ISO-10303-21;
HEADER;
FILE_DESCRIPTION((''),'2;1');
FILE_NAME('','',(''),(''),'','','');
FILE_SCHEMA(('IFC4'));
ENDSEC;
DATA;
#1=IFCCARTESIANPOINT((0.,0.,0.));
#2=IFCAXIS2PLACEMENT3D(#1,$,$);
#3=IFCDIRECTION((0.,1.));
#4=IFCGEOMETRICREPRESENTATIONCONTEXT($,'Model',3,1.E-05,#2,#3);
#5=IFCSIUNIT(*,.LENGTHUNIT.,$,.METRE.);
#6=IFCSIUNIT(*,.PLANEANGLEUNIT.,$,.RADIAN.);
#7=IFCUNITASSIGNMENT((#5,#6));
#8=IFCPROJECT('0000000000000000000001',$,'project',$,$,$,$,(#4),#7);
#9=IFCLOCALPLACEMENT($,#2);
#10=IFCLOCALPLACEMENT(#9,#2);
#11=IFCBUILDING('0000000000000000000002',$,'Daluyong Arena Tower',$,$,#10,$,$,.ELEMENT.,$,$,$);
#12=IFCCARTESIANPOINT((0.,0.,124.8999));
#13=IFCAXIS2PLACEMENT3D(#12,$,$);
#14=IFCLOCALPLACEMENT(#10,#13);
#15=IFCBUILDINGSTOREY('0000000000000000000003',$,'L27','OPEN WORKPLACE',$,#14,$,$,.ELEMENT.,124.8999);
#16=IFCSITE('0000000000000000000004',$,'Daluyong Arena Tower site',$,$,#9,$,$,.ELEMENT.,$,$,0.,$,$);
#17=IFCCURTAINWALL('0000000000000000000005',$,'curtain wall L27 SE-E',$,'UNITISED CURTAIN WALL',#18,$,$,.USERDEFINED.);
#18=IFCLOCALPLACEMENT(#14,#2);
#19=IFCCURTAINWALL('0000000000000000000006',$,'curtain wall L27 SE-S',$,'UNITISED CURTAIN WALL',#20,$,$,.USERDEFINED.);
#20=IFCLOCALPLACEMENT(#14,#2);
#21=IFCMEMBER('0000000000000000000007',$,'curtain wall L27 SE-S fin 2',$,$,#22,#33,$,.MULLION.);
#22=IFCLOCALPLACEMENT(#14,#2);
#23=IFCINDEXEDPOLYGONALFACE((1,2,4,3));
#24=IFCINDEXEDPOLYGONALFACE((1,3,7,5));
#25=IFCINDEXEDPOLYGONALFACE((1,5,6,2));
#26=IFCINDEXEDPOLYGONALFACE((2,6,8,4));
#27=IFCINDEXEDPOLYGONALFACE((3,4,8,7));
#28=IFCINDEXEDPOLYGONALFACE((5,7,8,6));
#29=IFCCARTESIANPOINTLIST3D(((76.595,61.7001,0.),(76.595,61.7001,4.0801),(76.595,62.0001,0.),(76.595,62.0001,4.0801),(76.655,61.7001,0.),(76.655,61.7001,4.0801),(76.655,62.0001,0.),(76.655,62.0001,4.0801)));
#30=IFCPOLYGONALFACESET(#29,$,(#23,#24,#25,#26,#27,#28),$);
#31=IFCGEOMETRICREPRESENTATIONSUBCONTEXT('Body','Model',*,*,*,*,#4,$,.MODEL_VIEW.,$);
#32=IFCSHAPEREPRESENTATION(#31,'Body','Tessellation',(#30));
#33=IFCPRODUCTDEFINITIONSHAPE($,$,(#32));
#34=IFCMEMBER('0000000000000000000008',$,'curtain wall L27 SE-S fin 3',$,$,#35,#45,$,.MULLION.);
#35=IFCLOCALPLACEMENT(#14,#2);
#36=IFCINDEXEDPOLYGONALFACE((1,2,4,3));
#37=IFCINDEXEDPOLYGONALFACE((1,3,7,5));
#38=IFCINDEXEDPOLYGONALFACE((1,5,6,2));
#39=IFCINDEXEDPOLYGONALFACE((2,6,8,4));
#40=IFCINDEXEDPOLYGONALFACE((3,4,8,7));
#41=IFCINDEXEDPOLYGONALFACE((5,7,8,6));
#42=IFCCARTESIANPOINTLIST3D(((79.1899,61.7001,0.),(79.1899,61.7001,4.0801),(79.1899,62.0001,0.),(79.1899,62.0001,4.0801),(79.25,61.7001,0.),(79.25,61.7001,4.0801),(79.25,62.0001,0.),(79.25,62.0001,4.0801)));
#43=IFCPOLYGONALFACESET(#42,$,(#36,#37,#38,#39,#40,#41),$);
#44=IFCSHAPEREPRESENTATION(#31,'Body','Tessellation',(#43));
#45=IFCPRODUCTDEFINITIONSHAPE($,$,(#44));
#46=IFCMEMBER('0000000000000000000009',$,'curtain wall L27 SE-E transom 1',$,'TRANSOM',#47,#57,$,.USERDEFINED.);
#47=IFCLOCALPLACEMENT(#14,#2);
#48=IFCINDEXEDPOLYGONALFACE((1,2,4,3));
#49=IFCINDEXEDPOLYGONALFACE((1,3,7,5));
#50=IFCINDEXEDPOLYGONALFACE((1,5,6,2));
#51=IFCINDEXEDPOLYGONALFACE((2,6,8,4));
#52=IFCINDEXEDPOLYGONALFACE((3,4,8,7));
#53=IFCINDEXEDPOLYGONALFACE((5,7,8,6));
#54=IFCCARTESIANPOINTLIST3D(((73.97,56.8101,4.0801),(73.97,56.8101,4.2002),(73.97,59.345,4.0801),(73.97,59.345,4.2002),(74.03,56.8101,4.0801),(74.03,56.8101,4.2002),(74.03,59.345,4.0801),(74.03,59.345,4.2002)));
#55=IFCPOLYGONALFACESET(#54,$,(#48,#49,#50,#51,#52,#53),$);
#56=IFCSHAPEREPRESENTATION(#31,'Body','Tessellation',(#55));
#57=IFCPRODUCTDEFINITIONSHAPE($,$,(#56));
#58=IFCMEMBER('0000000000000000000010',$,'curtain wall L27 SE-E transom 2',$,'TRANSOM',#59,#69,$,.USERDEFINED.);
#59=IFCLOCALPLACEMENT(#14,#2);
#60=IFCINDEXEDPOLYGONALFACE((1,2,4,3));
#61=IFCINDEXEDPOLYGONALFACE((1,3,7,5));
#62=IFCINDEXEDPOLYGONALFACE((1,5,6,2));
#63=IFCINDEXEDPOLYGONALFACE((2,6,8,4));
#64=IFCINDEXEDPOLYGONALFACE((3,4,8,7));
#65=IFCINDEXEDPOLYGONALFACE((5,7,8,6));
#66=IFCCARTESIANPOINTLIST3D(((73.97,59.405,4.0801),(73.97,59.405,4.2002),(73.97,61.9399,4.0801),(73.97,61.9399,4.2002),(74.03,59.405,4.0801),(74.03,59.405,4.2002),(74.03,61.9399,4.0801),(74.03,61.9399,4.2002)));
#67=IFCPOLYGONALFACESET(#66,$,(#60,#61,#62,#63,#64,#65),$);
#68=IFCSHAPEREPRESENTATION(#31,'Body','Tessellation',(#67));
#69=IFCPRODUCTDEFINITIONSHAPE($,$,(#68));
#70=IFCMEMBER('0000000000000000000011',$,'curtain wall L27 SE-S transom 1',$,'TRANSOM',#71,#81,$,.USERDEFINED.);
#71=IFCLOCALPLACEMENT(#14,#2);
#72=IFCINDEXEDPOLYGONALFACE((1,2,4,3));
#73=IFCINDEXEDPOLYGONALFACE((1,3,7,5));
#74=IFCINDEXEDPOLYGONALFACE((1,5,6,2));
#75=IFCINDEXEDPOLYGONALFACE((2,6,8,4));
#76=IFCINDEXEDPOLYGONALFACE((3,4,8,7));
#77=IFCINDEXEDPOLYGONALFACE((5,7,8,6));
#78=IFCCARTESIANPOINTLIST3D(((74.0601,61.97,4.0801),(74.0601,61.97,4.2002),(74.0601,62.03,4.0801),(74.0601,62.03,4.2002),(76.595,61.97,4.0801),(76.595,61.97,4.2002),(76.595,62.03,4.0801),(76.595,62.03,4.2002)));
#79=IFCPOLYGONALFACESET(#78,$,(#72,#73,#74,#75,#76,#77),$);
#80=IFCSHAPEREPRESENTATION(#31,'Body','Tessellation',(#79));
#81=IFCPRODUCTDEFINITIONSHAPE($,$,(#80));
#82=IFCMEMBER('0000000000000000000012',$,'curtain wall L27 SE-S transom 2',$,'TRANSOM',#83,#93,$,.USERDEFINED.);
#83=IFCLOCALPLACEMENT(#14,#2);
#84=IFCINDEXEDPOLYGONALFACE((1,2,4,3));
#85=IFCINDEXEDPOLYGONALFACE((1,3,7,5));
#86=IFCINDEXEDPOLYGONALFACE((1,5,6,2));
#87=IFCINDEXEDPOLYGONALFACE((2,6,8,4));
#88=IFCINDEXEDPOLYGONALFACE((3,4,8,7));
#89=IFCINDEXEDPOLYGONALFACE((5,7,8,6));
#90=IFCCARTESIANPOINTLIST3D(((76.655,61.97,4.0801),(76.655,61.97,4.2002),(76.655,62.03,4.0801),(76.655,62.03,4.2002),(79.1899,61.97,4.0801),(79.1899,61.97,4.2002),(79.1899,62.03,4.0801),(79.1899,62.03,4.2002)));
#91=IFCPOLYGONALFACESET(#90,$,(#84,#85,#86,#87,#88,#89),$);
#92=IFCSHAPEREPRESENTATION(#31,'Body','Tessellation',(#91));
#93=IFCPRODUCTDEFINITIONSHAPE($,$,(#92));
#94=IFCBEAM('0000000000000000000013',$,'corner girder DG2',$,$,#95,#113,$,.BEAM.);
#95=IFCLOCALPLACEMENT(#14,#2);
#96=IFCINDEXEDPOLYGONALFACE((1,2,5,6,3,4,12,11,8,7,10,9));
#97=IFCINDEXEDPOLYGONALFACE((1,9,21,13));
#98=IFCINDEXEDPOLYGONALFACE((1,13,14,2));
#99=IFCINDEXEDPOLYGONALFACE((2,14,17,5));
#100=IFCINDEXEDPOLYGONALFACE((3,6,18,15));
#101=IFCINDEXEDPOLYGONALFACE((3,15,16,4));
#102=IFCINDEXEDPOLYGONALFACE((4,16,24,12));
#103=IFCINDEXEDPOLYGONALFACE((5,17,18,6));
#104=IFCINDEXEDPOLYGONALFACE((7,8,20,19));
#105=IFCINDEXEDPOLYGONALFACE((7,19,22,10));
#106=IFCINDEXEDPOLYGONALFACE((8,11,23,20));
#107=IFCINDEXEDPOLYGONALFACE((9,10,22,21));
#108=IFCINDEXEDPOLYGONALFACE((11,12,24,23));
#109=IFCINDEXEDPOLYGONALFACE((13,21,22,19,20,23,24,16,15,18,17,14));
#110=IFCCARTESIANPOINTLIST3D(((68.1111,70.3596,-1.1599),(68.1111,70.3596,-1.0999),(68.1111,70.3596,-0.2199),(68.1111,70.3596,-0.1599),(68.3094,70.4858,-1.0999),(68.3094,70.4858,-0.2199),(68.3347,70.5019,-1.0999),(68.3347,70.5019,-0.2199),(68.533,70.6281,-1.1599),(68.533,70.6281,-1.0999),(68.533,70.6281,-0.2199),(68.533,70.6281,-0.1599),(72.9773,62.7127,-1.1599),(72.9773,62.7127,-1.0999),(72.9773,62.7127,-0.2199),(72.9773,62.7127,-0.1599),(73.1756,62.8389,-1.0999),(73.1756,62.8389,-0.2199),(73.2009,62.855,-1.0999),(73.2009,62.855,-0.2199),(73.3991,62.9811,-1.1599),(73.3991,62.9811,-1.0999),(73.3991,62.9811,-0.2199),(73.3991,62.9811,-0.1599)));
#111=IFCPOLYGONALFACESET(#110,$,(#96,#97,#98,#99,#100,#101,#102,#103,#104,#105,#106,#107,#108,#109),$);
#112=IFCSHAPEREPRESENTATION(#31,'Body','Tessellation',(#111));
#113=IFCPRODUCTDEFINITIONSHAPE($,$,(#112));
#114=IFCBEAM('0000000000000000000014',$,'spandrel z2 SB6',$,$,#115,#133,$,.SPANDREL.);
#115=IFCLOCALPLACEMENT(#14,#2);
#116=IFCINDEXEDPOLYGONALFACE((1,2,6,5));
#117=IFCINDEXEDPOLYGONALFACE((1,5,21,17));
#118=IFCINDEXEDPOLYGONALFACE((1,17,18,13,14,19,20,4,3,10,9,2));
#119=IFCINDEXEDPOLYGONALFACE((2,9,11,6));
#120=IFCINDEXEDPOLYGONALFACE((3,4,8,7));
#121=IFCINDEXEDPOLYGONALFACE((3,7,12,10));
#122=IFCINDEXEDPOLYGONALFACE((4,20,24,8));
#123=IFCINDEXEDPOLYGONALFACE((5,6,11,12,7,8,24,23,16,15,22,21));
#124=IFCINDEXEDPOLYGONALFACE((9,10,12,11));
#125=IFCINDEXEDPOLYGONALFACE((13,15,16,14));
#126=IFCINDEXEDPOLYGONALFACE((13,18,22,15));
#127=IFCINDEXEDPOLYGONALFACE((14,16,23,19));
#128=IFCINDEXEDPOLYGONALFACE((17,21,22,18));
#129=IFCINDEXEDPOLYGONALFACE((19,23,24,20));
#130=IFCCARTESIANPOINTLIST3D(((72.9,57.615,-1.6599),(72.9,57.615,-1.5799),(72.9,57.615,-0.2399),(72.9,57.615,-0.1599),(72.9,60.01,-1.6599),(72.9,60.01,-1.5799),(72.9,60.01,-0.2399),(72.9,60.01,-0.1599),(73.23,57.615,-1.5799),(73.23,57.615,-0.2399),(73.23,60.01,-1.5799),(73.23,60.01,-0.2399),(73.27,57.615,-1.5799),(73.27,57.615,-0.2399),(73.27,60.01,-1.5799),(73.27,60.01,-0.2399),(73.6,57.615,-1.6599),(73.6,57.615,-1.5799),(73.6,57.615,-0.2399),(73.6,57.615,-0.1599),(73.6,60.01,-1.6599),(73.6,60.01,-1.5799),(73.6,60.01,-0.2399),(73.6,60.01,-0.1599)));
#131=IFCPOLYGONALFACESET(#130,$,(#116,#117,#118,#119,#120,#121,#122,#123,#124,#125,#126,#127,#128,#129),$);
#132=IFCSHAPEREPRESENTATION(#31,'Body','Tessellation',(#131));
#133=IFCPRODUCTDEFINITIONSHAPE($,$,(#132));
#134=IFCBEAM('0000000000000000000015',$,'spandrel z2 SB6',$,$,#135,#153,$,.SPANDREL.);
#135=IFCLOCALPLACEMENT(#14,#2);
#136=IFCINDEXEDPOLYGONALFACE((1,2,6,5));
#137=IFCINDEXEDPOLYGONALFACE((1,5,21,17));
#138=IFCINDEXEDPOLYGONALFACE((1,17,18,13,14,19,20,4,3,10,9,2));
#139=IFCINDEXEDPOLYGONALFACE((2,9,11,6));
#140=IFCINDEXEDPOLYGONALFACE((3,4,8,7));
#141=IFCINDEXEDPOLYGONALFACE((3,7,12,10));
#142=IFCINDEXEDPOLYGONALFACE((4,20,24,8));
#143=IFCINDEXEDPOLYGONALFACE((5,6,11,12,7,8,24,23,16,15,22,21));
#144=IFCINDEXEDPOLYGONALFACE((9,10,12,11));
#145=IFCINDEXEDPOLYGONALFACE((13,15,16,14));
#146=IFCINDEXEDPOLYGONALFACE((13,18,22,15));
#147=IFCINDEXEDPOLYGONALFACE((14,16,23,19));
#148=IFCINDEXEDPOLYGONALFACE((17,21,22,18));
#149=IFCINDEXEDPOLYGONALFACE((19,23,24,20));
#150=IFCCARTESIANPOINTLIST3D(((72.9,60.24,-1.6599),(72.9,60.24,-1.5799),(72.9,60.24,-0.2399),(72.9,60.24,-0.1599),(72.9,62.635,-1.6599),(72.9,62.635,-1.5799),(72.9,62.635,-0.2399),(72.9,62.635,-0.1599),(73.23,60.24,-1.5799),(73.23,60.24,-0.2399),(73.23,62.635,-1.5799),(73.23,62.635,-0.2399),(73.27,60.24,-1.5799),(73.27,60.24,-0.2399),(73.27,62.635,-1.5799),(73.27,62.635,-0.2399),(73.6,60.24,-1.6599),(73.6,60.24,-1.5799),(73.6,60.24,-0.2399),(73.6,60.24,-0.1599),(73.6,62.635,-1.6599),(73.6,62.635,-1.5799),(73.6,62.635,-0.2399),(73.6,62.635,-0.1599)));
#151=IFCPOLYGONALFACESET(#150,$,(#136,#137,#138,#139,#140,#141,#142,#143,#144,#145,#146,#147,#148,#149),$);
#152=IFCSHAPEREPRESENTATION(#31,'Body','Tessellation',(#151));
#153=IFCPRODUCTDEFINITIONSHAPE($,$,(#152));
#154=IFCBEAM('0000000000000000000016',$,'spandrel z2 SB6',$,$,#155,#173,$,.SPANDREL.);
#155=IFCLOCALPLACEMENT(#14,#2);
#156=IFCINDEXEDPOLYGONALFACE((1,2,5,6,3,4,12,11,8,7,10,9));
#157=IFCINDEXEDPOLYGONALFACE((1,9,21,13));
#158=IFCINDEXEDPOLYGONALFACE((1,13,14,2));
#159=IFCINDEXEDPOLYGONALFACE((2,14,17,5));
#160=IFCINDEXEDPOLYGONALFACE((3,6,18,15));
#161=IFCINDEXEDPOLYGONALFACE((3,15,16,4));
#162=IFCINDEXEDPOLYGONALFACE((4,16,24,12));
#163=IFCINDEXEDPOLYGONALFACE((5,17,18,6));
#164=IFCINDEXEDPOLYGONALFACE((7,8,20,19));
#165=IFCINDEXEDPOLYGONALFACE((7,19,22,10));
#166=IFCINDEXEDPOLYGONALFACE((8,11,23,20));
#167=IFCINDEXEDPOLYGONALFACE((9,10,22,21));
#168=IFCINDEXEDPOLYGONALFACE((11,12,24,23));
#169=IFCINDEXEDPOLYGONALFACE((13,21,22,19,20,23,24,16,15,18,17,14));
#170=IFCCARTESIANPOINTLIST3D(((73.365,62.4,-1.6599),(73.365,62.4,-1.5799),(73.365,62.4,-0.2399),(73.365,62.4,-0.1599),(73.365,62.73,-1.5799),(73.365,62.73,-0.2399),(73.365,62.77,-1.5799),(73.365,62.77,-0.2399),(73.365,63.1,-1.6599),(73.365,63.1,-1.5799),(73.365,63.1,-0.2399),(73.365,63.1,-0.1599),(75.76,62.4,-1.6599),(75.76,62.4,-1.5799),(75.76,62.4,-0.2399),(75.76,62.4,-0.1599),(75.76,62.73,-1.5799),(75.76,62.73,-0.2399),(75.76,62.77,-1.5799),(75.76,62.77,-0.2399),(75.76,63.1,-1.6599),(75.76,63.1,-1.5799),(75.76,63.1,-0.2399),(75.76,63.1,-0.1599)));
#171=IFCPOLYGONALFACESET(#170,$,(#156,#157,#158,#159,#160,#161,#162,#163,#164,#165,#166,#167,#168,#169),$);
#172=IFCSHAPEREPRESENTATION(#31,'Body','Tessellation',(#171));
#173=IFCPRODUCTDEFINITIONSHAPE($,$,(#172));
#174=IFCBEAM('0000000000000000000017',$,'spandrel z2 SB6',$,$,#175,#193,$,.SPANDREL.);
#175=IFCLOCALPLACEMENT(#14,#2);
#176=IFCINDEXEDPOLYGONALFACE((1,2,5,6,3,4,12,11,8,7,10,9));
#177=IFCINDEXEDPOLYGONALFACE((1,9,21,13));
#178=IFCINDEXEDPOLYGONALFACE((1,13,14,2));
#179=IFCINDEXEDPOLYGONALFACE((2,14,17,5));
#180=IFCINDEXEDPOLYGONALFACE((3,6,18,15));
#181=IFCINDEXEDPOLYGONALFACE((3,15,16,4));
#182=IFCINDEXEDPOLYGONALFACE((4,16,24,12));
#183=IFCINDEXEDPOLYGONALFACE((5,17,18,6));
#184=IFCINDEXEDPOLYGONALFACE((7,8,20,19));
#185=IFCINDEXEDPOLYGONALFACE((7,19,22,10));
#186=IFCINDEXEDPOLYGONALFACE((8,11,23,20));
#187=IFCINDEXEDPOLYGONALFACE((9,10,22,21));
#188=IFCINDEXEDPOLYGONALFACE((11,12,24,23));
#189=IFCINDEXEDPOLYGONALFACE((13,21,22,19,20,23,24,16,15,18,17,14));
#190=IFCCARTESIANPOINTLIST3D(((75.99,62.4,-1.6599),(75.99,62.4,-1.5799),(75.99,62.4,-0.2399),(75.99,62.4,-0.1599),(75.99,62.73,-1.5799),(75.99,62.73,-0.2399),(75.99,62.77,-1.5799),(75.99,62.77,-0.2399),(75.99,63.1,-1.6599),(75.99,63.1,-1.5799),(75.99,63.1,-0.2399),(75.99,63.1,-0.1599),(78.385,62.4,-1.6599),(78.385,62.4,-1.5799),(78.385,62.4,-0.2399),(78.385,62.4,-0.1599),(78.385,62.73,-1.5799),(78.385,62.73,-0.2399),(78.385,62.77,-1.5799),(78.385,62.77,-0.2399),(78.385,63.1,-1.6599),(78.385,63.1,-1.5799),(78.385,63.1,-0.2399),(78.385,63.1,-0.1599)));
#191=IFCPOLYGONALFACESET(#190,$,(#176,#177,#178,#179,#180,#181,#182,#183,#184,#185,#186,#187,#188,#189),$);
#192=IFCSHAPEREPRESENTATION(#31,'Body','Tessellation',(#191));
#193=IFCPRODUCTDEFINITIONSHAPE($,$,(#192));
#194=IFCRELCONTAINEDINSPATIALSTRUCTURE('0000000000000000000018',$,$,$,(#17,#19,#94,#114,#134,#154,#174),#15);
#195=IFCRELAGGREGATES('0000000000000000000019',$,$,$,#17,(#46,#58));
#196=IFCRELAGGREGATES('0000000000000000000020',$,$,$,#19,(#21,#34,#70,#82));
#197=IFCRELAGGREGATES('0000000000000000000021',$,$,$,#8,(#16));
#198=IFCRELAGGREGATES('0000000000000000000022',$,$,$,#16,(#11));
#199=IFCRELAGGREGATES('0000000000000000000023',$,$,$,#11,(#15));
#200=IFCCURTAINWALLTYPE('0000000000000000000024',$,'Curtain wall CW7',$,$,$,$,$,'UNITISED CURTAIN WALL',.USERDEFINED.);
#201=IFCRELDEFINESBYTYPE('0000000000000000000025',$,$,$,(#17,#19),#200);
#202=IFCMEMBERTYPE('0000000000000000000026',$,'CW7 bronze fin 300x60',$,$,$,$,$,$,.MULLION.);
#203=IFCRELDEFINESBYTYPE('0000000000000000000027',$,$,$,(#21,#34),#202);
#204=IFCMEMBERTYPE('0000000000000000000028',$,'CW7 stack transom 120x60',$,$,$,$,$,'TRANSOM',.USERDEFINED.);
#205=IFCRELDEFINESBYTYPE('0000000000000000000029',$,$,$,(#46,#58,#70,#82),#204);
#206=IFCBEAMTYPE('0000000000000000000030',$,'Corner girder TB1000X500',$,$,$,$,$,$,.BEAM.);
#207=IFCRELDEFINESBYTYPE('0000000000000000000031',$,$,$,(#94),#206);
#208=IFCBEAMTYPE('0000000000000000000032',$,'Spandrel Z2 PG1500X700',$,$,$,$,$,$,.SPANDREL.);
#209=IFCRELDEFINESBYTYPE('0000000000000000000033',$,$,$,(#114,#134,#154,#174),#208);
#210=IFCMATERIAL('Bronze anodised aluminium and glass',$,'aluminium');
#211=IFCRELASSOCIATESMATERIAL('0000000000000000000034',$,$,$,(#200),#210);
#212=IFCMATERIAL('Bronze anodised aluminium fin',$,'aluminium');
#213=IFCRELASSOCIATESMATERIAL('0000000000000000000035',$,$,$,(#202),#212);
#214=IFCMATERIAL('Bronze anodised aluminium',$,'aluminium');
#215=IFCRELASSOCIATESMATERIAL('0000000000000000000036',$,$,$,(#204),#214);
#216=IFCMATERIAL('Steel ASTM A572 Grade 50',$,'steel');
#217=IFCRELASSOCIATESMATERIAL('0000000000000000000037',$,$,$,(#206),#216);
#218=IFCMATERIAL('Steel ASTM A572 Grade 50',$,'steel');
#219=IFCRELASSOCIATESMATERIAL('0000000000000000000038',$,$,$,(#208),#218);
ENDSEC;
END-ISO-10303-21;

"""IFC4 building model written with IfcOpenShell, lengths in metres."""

from ifc_helpers import new_model, si_unit, direction, frame, origin, origin_2d, place, context, subcontext, project, spatial, rectangle, i_section, extrude, material, material_profile, profile_set, type_object, element, aggregate, save


model = new_model("IFC4")

# Units and contexts
model_context = context("Model", 3, precision=1e-05, world=origin(), true_north=direction((0.0, 1.0)))
body_context = subcontext(model_context, "Body", "Model", "MODEL_VIEW")
ifc_project = project(units=[si_unit("LENGTHUNIT", "METRE"), si_unit("PLANEANGLEUNIT", "RADIAN")], contexts=[model_context])

# Site, building, storey
site_placement = place(None, origin())
site = spatial("IfcSite", under=ifc_project, at=site_placement, Name="Daluyong Arena Tower site", CompositionType="ELEMENT", RefElevation=0.0)
building_placement = place(site_placement, origin())
building = spatial("IfcBuilding", under=site, at=building_placement, Name="Daluyong Arena Tower", CompositionType="ELEMENT")
storey_placement = place(building_placement, frame((0.0, 0.0, 124.8999)))
storey = spatial("IfcBuildingStorey", under=building, at=storey_placement, Name="L27", Description="OPEN WORKPLACE", CompositionType="ELEMENT", Elevation=124.8999)

# Curtain walls, members
ifc_material_1 = material(Name="Bronze anodised aluminium and glass", Category="aluminium")
curtain_wall_type_1 = type_object("IfcCurtainWallType", Name="Curtain wall CW7", ElementType="UNITISED CURTAIN WALL", PredefinedType="USERDEFINED", material=ifc_material_1)
curtain_wall_1_placement = place(storey_placement, origin())
curtain_wall_1 = element("IfcCurtainWall", 1, at=curtain_wall_1_placement, inside=storey, type_object=curtain_wall_type_1, Name="curtain wall L27 SE-E", ObjectType="UNITISED CURTAIN WALL", PredefinedType="USERDEFINED")
ifc_material_2 = material(Name="Bronze anodised aluminium fin", Category="aluminium")
ifc_material_profile_1 = material_profile(ifc_material_2, rectangle(XDim=0.3, YDim=0.0601, at=origin_2d()))
ifc_profile_set_1 = profile_set([ifc_material_profile_1], Name="Bronze anodised aluminium fin")
member_type_1 = type_object("IfcMemberType", Name="CW7 bronze fin 300x60", PredefinedType="MULLION", material=ifc_profile_set_1)
curtain_wall_2_placement = place(storey_placement, origin())
curtain_wall_2 = element("IfcCurtainWall", 2, at=curtain_wall_2_placement, inside=storey, type_object=curtain_wall_type_1, Name="curtain wall L27 SE-S", ObjectType="UNITISED CURTAIN WALL", PredefinedType="USERDEFINED")
member_1_placement = place(storey_placement, frame((76.625, 61.8501, 0.0), z_axis=(0.0, 0.0, 1.0), x_axis=(0.0, 1.0, 0.0)))
member_1 = element("IfcMember", 3, at=member_1_placement, type_object=member_type_1, Name="curtain wall L27 SE-S fin 2", PredefinedType="MULLION", context=body_context, shape_type="SweptSolid", body=[
    extrude(rectangle(XDim=0.3, YDim=0.0601, at=origin_2d()), origin(), (0.0, 0.0, 1.0), 4.0801),
])
member_2_placement = place(storey_placement, frame((79.22, 61.8501, 0.0), z_axis=(0.0, 0.0, 1.0), x_axis=(0.0, 1.0, 0.0)))
member_2 = element("IfcMember", 4, at=member_2_placement, type_object=member_type_1, Name="curtain wall L27 SE-S fin 3", PredefinedType="MULLION", context=body_context, shape_type="SweptSolid", body=[
    extrude(rectangle(XDim=0.3, YDim=0.0601, at=origin_2d()), origin(), (0.0, 0.0, 1.0), 4.0801),
])

# Members
ifc_material_3 = material(Name="Bronze anodised aluminium", Category="aluminium")
ifc_material_profile_2 = material_profile(ifc_material_3, rectangle(XDim=0.0601, YDim=0.1201, at=origin_2d()))
ifc_profile_set_2 = profile_set([ifc_material_profile_2], Name="Bronze anodised aluminium")
member_type_2 = type_object("IfcMemberType", Name="CW7 stack transom 120x60", ElementType="TRANSOM", PredefinedType="USERDEFINED", material=ifc_profile_set_2)
member_3_placement = place(storey_placement, frame((74.0, 56.8101, 4.1401), z_axis=(0.0, 1.0, 0.0), x_axis=(-1.0, 0.0, 0.0)))
member_3 = element("IfcMember", 5, at=member_3_placement, type_object=member_type_2, Name="curtain wall L27 SE-E transom 1", ObjectType="TRANSOM", PredefinedType="USERDEFINED", context=body_context, shape_type="SweptSolid", body=[
    extrude(rectangle(XDim=0.0601, YDim=0.1201, at=origin_2d()), origin(), (0.0, 0.0, 1.0), 2.5349),
])
member_4_placement = place(storey_placement, frame((74.0, 59.405, 4.1401), z_axis=(0.0, 1.0, 0.0), x_axis=(-1.0, 0.0, 0.0)))
member_4 = element("IfcMember", 6, at=member_4_placement, type_object=member_type_2, Name="curtain wall L27 SE-E transom 2", ObjectType="TRANSOM", PredefinedType="USERDEFINED", context=body_context, shape_type="SweptSolid", body=[
    extrude(rectangle(XDim=0.0601, YDim=0.1201, at=origin_2d()), origin(), (0.0, 0.0, 1.0), 2.5349),
])
member_5_placement = place(storey_placement, frame((74.0601, 62.0, 4.1401), z_axis=(1.0, 0.0, 0.0), x_axis=(0.0, 1.0, 0.0)))
member_5 = element("IfcMember", 7, at=member_5_placement, type_object=member_type_2, Name="curtain wall L27 SE-S transom 1", ObjectType="TRANSOM", PredefinedType="USERDEFINED", context=body_context, shape_type="SweptSolid", body=[
    extrude(rectangle(XDim=0.0601, YDim=0.1201, at=origin_2d()), origin(), (0.0, 0.0, 1.0), 2.5349),
])
member_6_placement = place(storey_placement, frame((76.655, 62.0, 4.1401), z_axis=(1.0, 0.0, 0.0), x_axis=(0.0, 1.0, 0.0)))
member_6 = element("IfcMember", 8, at=member_6_placement, type_object=member_type_2, Name="curtain wall L27 SE-S transom 2", ObjectType="TRANSOM", PredefinedType="USERDEFINED", context=body_context, shape_type="SweptSolid", body=[
    extrude(rectangle(XDim=0.0601, YDim=0.1201, at=origin_2d()), origin(), (0.0, 0.0, 1.0), 2.5349),
])

# Beams
ifc_material_4 = material(Name="Steel ASTM A572 Grade 50", Category="steel")
ifc_material_profile_3 = material_profile(ifc_material_4, i_section(OverallWidth=0.5, OverallDepth=1.0, WebThickness=0.03, FlangeThickness=0.06, at=origin_2d()))
ifc_profile_set_3 = profile_set([ifc_material_profile_3], Name="Steel ASTM A572 Grade 50")
beam_type_1 = type_object("IfcBeamType", Name="Corner girder TB1000X500", PredefinedType="BEAM", material=ifc_profile_set_3)
beam_1_placement = place(storey_placement, frame((73.1882, 62.8469, -0.6599), z_axis=(-0.536872, 0.843664, 0.0), x_axis=(-0.843664, -0.536872, 0.0)))
element("IfcBeam", 9, at=beam_1_placement, inside=storey, type_object=beam_type_1, Name="corner girder DG2", PredefinedType="BEAM", context=body_context, shape_type="SweptSolid", body=[
    extrude(i_section(OverallWidth=0.5, OverallDepth=1.0, WebThickness=0.03, FlangeThickness=0.06, at=origin_2d()), origin(), (0.0, 0.0, 1.0), 9.064),
])
ifc_material_5 = material(Name="Steel ASTM A572 Grade 50", Category="steel")
ifc_material_profile_4 = material_profile(ifc_material_5, i_section(OverallWidth=0.7, OverallDepth=1.5, WebThickness=0.04, FlangeThickness=0.08, at=origin_2d()))
ifc_profile_set_4 = profile_set([ifc_material_profile_4], Name="Steel ASTM A572 Grade 50")
beam_type_2 = type_object("IfcBeamType", Name="Spandrel Z2 PG1500X700", PredefinedType="SPANDREL", material=ifc_profile_set_4)
for number, where, z_axis, x_axis, name in (
    (10, (73.25, 57.615, -0.9099), (0.0, 1.0, 0.0), (-1.0, 0.0, 0.0), "spandrel z2 SB6"),
    (11, (73.25, 60.24, -0.9099), (0.0, 1.0, 0.0), (-1.0, 0.0, 0.0), "spandrel z2 SB6"),
    (12, (73.365, 62.75, -0.9099), (1.0, 0.0, 0.0), (0.0, 1.0, 0.0), "spandrel z2 SB6"),
    (13, (75.99, 62.75, -0.9099), (1.0, 0.0, 0.0), (0.0, 1.0, 0.0), "spandrel z2 SB6"),
):
    element("IfcBeam", number, at=place(storey_placement, frame(where, z_axis=z_axis, x_axis=x_axis)), inside=storey, type_object=beam_type_2, Name=name, PredefinedType="SPANDREL", context=body_context, shape_type="SweptSolid", body=[
        extrude(i_section(OverallWidth=0.7, OverallDepth=1.5, WebThickness=0.04, FlangeThickness=0.08, at=origin_2d()), origin(), (0.0, 0.0, 1.0), 2.395),
    ])

aggregate(curtain_wall_1, [member_3, member_4])
aggregate(curtain_wall_2, [member_1, member_2, member_5, member_6])

save(model, "model.ifc")
